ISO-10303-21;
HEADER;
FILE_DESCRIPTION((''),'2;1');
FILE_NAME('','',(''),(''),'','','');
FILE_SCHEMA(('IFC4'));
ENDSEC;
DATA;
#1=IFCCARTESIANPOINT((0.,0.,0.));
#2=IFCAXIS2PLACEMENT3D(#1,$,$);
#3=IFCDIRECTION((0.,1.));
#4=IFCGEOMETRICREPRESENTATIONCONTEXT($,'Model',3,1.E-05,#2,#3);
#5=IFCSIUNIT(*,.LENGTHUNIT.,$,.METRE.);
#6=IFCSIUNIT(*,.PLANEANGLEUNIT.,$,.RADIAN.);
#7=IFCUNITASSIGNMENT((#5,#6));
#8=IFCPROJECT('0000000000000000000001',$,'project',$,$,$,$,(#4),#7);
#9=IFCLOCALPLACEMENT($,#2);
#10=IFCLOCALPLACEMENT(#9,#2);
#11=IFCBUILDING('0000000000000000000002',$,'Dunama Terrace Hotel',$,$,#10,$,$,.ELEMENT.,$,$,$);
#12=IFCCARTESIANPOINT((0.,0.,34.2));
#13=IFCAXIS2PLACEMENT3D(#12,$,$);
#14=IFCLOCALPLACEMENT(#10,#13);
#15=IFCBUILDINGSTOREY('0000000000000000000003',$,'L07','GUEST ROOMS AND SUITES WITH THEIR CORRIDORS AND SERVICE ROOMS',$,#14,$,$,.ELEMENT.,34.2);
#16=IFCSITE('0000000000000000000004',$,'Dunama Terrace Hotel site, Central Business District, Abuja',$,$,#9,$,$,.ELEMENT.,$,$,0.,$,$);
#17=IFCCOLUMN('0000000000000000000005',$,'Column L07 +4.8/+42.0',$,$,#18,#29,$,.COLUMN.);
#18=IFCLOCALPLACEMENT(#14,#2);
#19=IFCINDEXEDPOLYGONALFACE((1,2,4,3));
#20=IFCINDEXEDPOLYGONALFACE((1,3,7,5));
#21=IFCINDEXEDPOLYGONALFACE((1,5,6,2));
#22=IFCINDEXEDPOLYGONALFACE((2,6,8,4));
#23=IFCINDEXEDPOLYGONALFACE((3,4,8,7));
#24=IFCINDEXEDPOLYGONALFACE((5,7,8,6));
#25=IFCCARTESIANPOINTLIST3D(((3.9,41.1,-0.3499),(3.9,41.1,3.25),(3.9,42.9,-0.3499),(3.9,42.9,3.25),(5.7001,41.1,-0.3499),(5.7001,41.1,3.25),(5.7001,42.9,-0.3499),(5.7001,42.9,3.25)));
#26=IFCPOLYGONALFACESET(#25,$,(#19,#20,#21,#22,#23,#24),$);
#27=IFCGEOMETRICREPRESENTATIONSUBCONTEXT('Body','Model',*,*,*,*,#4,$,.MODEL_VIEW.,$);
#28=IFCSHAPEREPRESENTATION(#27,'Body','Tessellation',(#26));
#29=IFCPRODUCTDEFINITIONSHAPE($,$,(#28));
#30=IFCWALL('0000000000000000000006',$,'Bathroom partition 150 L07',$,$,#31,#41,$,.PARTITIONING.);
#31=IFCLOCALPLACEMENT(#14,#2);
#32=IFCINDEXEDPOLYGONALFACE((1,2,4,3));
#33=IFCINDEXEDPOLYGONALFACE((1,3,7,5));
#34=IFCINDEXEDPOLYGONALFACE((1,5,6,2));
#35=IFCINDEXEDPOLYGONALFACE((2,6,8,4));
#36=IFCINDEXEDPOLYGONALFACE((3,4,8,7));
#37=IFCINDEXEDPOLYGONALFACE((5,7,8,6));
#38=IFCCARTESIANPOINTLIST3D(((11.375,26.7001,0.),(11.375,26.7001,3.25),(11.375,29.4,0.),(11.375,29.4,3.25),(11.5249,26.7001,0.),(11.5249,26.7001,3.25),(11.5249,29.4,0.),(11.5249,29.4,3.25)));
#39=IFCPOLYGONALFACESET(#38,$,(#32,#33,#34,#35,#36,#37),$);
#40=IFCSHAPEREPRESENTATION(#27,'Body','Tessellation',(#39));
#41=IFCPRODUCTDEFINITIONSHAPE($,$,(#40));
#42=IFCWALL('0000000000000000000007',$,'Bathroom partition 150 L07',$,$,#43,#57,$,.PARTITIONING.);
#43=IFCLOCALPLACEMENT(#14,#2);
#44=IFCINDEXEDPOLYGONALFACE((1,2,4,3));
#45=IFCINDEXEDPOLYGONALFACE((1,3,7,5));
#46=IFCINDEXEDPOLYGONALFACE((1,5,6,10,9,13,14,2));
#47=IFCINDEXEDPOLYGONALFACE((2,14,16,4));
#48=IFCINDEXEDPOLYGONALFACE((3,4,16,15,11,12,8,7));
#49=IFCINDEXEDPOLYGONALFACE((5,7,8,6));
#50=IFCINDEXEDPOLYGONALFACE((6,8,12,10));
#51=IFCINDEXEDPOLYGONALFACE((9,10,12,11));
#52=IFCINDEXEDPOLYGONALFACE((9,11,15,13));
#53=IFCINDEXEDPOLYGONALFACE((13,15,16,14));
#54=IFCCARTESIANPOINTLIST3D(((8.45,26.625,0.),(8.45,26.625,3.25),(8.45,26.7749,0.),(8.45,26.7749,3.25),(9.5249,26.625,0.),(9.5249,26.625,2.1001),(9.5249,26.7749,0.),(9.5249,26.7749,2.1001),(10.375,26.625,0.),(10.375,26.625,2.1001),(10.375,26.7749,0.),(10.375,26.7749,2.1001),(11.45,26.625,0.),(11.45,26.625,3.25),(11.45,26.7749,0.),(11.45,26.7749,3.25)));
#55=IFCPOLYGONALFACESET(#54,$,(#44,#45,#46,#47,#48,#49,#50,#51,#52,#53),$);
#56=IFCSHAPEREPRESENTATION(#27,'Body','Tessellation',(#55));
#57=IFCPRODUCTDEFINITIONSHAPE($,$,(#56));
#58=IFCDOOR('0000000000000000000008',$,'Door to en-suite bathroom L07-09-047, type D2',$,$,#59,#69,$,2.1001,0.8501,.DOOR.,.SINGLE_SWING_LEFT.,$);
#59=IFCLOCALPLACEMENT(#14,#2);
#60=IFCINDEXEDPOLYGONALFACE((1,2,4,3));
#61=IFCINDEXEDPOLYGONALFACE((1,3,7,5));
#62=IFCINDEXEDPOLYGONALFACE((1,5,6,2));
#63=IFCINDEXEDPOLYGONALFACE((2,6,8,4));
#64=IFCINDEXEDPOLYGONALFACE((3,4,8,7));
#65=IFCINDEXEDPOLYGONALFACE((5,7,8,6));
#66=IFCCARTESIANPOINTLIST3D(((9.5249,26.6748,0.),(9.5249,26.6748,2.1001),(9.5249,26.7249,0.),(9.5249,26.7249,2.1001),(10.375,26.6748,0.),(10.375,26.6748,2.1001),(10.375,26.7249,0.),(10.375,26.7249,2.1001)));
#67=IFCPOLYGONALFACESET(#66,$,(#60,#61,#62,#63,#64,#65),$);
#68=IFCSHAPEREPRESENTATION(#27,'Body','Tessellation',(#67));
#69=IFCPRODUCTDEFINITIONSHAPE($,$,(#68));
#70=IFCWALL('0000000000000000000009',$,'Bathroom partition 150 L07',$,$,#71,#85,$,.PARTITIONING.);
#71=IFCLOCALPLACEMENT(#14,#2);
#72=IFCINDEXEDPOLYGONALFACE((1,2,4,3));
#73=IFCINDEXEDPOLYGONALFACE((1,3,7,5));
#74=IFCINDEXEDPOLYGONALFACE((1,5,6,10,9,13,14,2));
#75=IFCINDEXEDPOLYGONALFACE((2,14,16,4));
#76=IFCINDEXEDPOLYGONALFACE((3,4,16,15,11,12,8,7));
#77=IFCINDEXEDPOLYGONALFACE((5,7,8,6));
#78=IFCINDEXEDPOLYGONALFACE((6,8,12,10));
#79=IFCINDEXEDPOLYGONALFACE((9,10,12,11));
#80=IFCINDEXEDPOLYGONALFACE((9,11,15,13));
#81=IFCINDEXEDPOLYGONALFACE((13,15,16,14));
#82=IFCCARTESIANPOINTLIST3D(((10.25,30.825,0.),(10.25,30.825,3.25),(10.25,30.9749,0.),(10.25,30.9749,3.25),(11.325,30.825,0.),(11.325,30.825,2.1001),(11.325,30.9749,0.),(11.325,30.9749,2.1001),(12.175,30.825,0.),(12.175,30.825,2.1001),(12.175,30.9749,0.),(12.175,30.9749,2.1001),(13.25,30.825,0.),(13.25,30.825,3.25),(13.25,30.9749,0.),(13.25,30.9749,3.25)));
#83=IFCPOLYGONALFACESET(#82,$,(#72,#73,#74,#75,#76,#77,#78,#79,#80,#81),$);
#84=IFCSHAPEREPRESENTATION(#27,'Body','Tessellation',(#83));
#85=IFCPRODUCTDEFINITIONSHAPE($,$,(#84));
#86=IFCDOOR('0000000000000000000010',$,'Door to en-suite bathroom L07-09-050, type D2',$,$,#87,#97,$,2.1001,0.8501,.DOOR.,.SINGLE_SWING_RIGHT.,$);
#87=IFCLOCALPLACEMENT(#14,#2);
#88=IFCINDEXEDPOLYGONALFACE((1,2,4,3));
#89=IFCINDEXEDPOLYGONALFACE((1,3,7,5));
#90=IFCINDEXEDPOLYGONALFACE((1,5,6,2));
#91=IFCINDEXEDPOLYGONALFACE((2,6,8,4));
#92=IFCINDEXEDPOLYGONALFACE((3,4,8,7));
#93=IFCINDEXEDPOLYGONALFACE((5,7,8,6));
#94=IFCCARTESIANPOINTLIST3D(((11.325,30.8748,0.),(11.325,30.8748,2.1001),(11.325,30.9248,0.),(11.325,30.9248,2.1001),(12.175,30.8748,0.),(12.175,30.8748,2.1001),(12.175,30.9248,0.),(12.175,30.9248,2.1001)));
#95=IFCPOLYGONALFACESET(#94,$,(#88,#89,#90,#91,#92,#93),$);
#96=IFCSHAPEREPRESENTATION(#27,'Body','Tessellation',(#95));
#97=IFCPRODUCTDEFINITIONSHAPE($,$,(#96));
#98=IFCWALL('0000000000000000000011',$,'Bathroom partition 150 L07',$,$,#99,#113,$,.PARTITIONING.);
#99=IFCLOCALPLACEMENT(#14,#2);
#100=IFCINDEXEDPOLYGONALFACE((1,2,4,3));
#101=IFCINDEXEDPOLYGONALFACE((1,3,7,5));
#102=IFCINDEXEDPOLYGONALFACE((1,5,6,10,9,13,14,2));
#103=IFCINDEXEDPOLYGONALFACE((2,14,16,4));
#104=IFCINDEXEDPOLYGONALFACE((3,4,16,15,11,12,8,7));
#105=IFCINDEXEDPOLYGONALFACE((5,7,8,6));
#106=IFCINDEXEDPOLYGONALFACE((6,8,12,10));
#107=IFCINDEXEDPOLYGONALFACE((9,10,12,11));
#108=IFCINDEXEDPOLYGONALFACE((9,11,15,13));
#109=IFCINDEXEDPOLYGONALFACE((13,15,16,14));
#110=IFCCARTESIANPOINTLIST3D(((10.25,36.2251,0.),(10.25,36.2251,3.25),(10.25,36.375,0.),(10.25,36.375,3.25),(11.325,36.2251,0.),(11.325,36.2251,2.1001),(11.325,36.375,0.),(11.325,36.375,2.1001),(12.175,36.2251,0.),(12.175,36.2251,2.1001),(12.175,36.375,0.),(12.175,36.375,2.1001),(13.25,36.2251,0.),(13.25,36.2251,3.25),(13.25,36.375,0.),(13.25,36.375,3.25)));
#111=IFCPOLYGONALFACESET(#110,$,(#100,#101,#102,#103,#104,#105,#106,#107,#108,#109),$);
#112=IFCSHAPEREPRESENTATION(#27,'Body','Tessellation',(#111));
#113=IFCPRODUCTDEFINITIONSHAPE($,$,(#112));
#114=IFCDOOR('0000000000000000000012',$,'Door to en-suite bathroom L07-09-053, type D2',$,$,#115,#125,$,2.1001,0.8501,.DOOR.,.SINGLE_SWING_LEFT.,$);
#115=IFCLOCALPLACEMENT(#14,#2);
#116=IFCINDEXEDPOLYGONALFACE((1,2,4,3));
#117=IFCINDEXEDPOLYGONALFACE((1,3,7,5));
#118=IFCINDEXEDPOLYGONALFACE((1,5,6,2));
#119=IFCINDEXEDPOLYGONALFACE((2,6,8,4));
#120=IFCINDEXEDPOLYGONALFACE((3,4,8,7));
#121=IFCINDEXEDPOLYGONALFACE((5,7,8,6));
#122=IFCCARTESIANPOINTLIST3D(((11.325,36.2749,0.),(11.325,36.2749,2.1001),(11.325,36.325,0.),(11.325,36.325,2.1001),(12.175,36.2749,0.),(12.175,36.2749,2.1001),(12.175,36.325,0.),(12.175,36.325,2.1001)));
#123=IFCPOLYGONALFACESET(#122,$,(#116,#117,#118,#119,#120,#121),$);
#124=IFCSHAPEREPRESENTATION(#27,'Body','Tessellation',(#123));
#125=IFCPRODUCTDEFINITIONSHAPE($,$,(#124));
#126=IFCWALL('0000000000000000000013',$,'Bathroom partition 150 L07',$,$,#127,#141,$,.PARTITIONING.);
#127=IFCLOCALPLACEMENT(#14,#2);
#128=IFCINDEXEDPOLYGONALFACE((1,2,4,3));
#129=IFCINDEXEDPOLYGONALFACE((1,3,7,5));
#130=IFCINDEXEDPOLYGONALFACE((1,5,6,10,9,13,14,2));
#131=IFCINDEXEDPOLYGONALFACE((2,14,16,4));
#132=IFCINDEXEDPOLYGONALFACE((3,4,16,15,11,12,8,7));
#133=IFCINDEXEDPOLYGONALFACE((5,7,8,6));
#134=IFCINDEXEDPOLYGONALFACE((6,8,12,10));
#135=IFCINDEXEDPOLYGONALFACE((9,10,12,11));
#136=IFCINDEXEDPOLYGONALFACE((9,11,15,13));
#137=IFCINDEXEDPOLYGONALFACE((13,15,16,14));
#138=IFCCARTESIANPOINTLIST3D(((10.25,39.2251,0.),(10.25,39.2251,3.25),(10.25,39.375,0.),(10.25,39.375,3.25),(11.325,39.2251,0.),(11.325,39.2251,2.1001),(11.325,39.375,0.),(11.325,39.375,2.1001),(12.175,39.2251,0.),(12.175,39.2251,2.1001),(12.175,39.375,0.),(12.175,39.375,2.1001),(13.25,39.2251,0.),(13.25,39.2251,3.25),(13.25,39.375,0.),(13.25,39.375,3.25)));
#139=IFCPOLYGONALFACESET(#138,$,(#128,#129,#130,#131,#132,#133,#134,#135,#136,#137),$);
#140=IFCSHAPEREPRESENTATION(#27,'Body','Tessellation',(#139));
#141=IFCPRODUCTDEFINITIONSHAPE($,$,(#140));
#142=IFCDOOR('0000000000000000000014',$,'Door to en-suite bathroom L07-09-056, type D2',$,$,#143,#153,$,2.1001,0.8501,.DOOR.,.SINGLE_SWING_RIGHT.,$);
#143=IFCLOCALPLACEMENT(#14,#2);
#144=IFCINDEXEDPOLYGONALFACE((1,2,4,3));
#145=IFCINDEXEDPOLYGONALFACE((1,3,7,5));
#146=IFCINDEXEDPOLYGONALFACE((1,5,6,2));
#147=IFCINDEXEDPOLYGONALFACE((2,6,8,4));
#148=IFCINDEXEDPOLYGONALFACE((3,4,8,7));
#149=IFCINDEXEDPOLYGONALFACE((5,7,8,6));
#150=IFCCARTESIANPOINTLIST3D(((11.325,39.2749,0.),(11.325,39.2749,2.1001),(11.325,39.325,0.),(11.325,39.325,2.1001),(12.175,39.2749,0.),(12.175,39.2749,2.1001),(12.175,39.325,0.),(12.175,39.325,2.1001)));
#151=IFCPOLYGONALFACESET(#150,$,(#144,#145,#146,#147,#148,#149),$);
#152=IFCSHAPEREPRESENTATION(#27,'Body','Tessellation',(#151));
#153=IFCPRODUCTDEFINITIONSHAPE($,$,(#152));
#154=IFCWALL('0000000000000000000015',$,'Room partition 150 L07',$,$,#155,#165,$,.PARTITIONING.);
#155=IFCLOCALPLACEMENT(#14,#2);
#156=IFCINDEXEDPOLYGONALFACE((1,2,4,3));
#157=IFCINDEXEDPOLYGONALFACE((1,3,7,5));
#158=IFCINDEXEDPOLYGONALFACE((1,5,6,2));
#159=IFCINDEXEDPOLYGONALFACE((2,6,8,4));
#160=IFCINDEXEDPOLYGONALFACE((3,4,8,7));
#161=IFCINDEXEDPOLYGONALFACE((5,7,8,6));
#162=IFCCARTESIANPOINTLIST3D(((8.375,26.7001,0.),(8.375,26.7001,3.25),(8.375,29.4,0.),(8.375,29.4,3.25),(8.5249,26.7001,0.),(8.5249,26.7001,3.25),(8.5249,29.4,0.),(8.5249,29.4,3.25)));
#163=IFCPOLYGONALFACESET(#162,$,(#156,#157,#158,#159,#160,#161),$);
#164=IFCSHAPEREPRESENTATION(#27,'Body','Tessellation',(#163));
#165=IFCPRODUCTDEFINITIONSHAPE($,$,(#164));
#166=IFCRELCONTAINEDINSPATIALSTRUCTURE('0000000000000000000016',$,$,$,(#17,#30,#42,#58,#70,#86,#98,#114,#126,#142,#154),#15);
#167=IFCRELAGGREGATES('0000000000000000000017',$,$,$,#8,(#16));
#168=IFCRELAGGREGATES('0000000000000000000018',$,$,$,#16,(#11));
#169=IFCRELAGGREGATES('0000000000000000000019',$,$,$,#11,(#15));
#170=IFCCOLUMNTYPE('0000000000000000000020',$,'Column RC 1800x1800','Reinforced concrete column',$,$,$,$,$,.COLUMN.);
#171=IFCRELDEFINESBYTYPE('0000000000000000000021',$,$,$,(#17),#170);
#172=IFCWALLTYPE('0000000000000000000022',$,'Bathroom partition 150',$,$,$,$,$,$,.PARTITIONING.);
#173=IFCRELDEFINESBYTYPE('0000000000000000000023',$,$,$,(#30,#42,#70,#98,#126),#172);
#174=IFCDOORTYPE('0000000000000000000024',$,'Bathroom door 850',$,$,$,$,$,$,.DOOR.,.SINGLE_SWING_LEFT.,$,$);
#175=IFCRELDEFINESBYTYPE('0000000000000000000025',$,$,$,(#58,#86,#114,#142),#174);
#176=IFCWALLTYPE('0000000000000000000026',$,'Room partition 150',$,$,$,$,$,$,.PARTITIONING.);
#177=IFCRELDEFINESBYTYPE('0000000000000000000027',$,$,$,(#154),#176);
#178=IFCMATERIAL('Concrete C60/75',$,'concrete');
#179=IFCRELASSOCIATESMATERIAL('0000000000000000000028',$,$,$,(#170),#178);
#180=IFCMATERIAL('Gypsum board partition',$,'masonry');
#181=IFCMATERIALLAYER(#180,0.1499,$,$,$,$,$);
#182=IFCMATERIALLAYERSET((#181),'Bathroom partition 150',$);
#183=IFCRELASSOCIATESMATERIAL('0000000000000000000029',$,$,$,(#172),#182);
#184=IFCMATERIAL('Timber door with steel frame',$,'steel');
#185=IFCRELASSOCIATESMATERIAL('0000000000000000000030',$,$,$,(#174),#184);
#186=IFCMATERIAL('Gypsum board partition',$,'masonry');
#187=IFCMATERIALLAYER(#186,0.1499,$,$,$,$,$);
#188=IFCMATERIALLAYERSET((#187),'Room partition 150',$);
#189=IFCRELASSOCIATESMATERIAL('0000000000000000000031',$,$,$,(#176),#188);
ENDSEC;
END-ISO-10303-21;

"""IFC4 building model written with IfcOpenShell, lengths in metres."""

from ifc_helpers import new_model, si_unit, direction, frame, frame_2d, origin, origin_2d, place, context, subcontext, project, spatial, rectangle, extrude, material, layer, layer_set, material_profile, profile_set, type_object, element, fill, save


model = new_model("IFC4")

# Units and contexts
model_context = context("Model", 3, precision=1e-05, world=origin(), true_north=direction((0.0, 1.0)))
body_context = subcontext(model_context, "Body", "Model", "MODEL_VIEW")
ifc_project = project(units=[si_unit("LENGTHUNIT", "METRE"), si_unit("PLANEANGLEUNIT", "RADIAN")], contexts=[model_context])

# Site, building, storey
site_placement = place(None, origin())
site = spatial("IfcSite", under=ifc_project, at=site_placement, Name="Dunama Terrace Hotel site, Central Business District, Abuja", CompositionType="ELEMENT", RefElevation=0.0)
building_placement = place(site_placement, origin())
building = spatial("IfcBuilding", under=site, at=building_placement, Name="Dunama Terrace Hotel", CompositionType="ELEMENT")
storey_placement = place(building_placement, frame((0.0, 0.0, 34.2)))
storey = spatial("IfcBuildingStorey", under=building, at=storey_placement, Name="L07", Description="GUEST ROOMS AND SUITES WITH THEIR CORRIDORS AND SERVICE ROOMS", CompositionType="ELEMENT", Elevation=34.2)

# Column
ifc_material_1 = material(Name="Concrete C60/75", Category="concrete")
ifc_material_profile = material_profile(ifc_material_1, rectangle(XDim=1.8, YDim=1.8, at=origin_2d()), Name="RC 1800x1800")
ifc_profile_set = profile_set([ifc_material_profile], Name="Concrete C60/75")
column_type = type_object("IfcColumnType", Name="Column RC 1800x1800", Description="Reinforced concrete column", PredefinedType="COLUMN", material=ifc_profile_set)
column_placement = place(storey_placement, frame((4.8, 42.0, -0.3499), z_axis=(0.0, 0.0, 1.0), x_axis=(1.0, 0.0, 0.0)))
element("IfcColumn", 1, at=column_placement, inside=storey, type_object=column_type, Name="Column L07 +4.8/+42.0", PredefinedType="COLUMN", context=body_context, shape_type="SweptSolid", body=[
    extrude(rectangle(XDim=1.8, YDim=1.8, at=origin_2d()), origin(), (0.0, 0.0, 1.0), 3.5999),
])

# Wall
ifc_material_2 = material(Name="Gypsum board partition", Category="masonry")
ifc_layer_1 = layer(ifc_material_2, 0.1499)
ifc_layer_set_1 = layer_set([ifc_layer_1], Name="Bathroom partition 150")
wall_type_1 = type_object("IfcWallType", Name="Bathroom partition 150", PredefinedType="PARTITIONING", material=ifc_layer_set_1)
wall_1_placement = place(storey_placement, frame((11.45, 26.7, 0.0), z_axis=(0.0, 0.0, 1.0), x_axis=(0.0, 1.0, 0.0)))
element("IfcWall", 2, at=wall_1_placement, inside=storey, type_object=wall_type_1, Name="Bathroom partition 150 L07", PredefinedType="PARTITIONING", context=body_context, shape_type="SweptSolid", body=[
    extrude(rectangle(XDim=2.7, YDim=0.1499, at=frame_2d((1.3501, 0.0))), origin(), (0.0, 0.0, 1.0), 3.25),
])

# Walls, openings, doors
wall_2_placement = place(storey_placement, frame((8.45, 26.7, 0.0), z_axis=(0.0, 0.0, 1.0), x_axis=(1.0, 0.0, 0.0)))
wall_2 = element("IfcWall", 3, at=wall_2_placement, inside=storey, type_object=wall_type_1, Name="Bathroom partition 150 L07", PredefinedType="PARTITIONING", context=body_context, shape_type="SweptSolid", body=[
    extrude(rectangle(XDim=3.0, YDim=0.1499, at=frame_2d((1.5, 0.0))), origin(), (0.0, 0.0, 1.0), 3.25),
])
opening_1_placement = place(wall_2_placement, frame((1.075, 0.0, 0.0)))
opening_1 = element("IfcOpeningElement", 4, at=opening_1_placement, cuts=wall_2, PredefinedType="OPENING", context=body_context, shape_type="SweptSolid", body=[
    extrude(rectangle(XDim=0.8501, YDim=2.1001, at=frame_2d((0.425, 1.05))), frame((0.0, 0.085, 0.0), z_axis=(0.0, -1.0, 0.0), x_axis=(1.0, 0.0, 0.0)), (0.0, 0.0, 1.0), 0.1699),
])
ifc_material_3 = material(Name="Timber door with steel frame", Category="steel")
door_type_1 = type_object("IfcDoorType", Name="Bathroom door 850", OperationType="SINGLE_SWING_LEFT", PredefinedType="DOOR", material=ifc_material_3)
door_1_placement = place(opening_1_placement, origin())
door_1 = element("IfcDoor", 5, at=door_1_placement, inside=storey, type_object=door_type_1, Name="Door to en-suite bathroom L07-09-047, type D2", OperationType="SINGLE_SWING_LEFT", OverallHeight=2.1001, OverallWidth=0.8501, PredefinedType="DOOR", context=body_context, shape_type="SweptSolid", body=[
    extrude(rectangle(XDim=0.8501, YDim=2.1001, at=frame_2d((0.425, 1.05))), frame((0.0, 0.0249, 0.0), z_axis=(0.0, -1.0, 0.0), x_axis=(1.0, 0.0, 0.0)), (0.0, 0.0, 1.0), 0.05),
])
fill(opening_1, door_1)
wall_3_placement = place(storey_placement, frame((10.25, 30.8999, 0.0), z_axis=(0.0, 0.0, 1.0), x_axis=(1.0, 0.0, 0.0)))
wall_3 = element("IfcWall", 6, at=wall_3_placement, inside=storey, type_object=wall_type_1, Name="Bathroom partition 150 L07", PredefinedType="PARTITIONING", context=body_context, shape_type="SweptSolid", body=[
    extrude(rectangle(XDim=3.0, YDim=0.1499, at=frame_2d((1.5, 0.0))), origin(), (0.0, 0.0, 1.0), 3.25),
])
opening_2_placement = place(wall_3_placement, frame((1.075, 0.0, 0.0)))
opening_2 = element("IfcOpeningElement", 7, at=opening_2_placement, cuts=wall_3, PredefinedType="OPENING", context=body_context, shape_type="SweptSolid", body=[
    extrude(rectangle(XDim=0.8501, YDim=2.1001, at=frame_2d((0.425, 1.05))), frame((0.0, 0.085, 0.0), z_axis=(0.0, -1.0, 0.0), x_axis=(1.0, 0.0, 0.0)), (0.0, 0.0, 1.0), 0.1699),
])
door_2_placement = place(opening_2_placement, origin())
door_2 = element("IfcDoor", 8, at=door_2_placement, inside=storey, type_object=door_type_1, Name="Door to en-suite bathroom L07-09-050, type D2", OperationType="SINGLE_SWING_RIGHT", OverallHeight=2.1001, OverallWidth=0.8501, PredefinedType="DOOR", context=body_context, shape_type="SweptSolid", body=[
    extrude(rectangle(XDim=0.8501, YDim=2.1001, at=frame_2d((0.425, 1.05))), frame((0.0, 0.0249, 0.0), z_axis=(0.0, -1.0, 0.0), x_axis=(1.0, 0.0, 0.0)), (0.0, 0.0, 1.0), 0.05),
])
fill(opening_2, door_2)
wall_4_placement = place(storey_placement, frame((10.25, 36.3, 0.0), z_axis=(0.0, 0.0, 1.0), x_axis=(1.0, 0.0, 0.0)))
wall_4 = element("IfcWall", 9, at=wall_4_placement, inside=storey, type_object=wall_type_1, Name="Bathroom partition 150 L07", PredefinedType="PARTITIONING", context=body_context, shape_type="SweptSolid", body=[
    extrude(rectangle(XDim=3.0, YDim=0.1499, at=frame_2d((1.5, 0.0))), origin(), (0.0, 0.0, 1.0), 3.25),
])
opening_3_placement = place(wall_4_placement, frame((1.075, 0.0, 0.0)))
opening_3 = element("IfcOpeningElement", 10, at=opening_3_placement, cuts=wall_4, PredefinedType="OPENING", context=body_context, shape_type="SweptSolid", body=[
    extrude(rectangle(XDim=0.8501, YDim=2.1001, at=frame_2d((0.425, 1.05))), frame((0.0, 0.085, 0.0), z_axis=(0.0, -1.0, 0.0), x_axis=(1.0, 0.0, 0.0)), (0.0, 0.0, 1.0), 0.1699),
])
door_3_placement = place(opening_3_placement, frame((0.8501, 0.0, 0.0), z_axis=(0.0, 0.0, 1.0), x_axis=(-1.0, 0.0, 0.0)))
door_3 = element("IfcDoor", 11, at=door_3_placement, inside=storey, type_object=door_type_1, Name="Door to en-suite bathroom L07-09-053, type D2", OperationType="SINGLE_SWING_LEFT", OverallHeight=2.1001, OverallWidth=0.8501, PredefinedType="DOOR", context=body_context, shape_type="SweptSolid", body=[
    extrude(rectangle(XDim=0.8501, YDim=2.1001, at=frame_2d((0.425, 1.05))), frame((0.0, 0.0251, 0.0), z_axis=(0.0, -1.0, 0.0), x_axis=(1.0, 0.0, 0.0)), (0.0, 0.0, 1.0), 0.05),
])
fill(opening_3, door_3)
wall_5_placement = place(storey_placement, frame((10.25, 39.3, 0.0), z_axis=(0.0, 0.0, 1.0), x_axis=(1.0, 0.0, 0.0)))
wall_5 = element("IfcWall", 12, at=wall_5_placement, inside=storey, type_object=wall_type_1, Name="Bathroom partition 150 L07", PredefinedType="PARTITIONING", context=body_context, shape_type="SweptSolid", body=[
    extrude(rectangle(XDim=3.0, YDim=0.1499, at=frame_2d((1.5, 0.0))), origin(), (0.0, 0.0, 1.0), 3.25),
])
opening_4_placement = place(wall_5_placement, frame((1.075, 0.0, 0.0)))
opening_4 = element("IfcOpeningElement", 13, at=opening_4_placement, cuts=wall_5, PredefinedType="OPENING", context=body_context, shape_type="SweptSolid", body=[
    extrude(rectangle(XDim=0.8501, YDim=2.1001, at=frame_2d((0.425, 1.05))), frame((0.0, 0.085, 0.0), z_axis=(0.0, -1.0, 0.0), x_axis=(1.0, 0.0, 0.0)), (0.0, 0.0, 1.0), 0.1699),
])
door_4_placement = place(opening_4_placement, origin())
door_4 = element("IfcDoor", 14, at=door_4_placement, inside=storey, type_object=door_type_1, Name="Door to en-suite bathroom L07-09-056, type D2", OperationType="SINGLE_SWING_RIGHT", OverallHeight=2.1001, OverallWidth=0.8501, PredefinedType="DOOR", context=body_context, shape_type="SweptSolid", body=[
    extrude(rectangle(XDim=0.8501, YDim=2.1001, at=frame_2d((0.425, 1.05))), frame((0.0, 0.0249, 0.0), z_axis=(0.0, -1.0, 0.0), x_axis=(1.0, 0.0, 0.0)), (0.0, 0.0, 1.0), 0.05),
])
fill(opening_4, door_4)

# Wall
ifc_material_4 = material(Name="Gypsum board partition", Category="masonry")
ifc_layer_2 = layer(ifc_material_4, 0.1499)
ifc_layer_set_2 = layer_set([ifc_layer_2], Name="Room partition 150")
wall_type_2 = type_object("IfcWallType", Name="Room partition 150", PredefinedType="PARTITIONING", material=ifc_layer_set_2)
wall_6_placement = place(storey_placement, frame((8.45, 26.7, 0.0), z_axis=(0.0, 0.0, 1.0), x_axis=(0.0, 1.0, 0.0)))
element("IfcWall", 15, at=wall_6_placement, inside=storey, type_object=wall_type_2, Name="Room partition 150 L07", PredefinedType="PARTITIONING", context=body_context, shape_type="SweptSolid", body=[
    extrude(rectangle(XDim=2.7, YDim=0.1499, at=frame_2d((1.3501, 0.0))), origin(), (0.0, 0.0, 1.0), 3.25),
])

save(model, "model.ifc")
